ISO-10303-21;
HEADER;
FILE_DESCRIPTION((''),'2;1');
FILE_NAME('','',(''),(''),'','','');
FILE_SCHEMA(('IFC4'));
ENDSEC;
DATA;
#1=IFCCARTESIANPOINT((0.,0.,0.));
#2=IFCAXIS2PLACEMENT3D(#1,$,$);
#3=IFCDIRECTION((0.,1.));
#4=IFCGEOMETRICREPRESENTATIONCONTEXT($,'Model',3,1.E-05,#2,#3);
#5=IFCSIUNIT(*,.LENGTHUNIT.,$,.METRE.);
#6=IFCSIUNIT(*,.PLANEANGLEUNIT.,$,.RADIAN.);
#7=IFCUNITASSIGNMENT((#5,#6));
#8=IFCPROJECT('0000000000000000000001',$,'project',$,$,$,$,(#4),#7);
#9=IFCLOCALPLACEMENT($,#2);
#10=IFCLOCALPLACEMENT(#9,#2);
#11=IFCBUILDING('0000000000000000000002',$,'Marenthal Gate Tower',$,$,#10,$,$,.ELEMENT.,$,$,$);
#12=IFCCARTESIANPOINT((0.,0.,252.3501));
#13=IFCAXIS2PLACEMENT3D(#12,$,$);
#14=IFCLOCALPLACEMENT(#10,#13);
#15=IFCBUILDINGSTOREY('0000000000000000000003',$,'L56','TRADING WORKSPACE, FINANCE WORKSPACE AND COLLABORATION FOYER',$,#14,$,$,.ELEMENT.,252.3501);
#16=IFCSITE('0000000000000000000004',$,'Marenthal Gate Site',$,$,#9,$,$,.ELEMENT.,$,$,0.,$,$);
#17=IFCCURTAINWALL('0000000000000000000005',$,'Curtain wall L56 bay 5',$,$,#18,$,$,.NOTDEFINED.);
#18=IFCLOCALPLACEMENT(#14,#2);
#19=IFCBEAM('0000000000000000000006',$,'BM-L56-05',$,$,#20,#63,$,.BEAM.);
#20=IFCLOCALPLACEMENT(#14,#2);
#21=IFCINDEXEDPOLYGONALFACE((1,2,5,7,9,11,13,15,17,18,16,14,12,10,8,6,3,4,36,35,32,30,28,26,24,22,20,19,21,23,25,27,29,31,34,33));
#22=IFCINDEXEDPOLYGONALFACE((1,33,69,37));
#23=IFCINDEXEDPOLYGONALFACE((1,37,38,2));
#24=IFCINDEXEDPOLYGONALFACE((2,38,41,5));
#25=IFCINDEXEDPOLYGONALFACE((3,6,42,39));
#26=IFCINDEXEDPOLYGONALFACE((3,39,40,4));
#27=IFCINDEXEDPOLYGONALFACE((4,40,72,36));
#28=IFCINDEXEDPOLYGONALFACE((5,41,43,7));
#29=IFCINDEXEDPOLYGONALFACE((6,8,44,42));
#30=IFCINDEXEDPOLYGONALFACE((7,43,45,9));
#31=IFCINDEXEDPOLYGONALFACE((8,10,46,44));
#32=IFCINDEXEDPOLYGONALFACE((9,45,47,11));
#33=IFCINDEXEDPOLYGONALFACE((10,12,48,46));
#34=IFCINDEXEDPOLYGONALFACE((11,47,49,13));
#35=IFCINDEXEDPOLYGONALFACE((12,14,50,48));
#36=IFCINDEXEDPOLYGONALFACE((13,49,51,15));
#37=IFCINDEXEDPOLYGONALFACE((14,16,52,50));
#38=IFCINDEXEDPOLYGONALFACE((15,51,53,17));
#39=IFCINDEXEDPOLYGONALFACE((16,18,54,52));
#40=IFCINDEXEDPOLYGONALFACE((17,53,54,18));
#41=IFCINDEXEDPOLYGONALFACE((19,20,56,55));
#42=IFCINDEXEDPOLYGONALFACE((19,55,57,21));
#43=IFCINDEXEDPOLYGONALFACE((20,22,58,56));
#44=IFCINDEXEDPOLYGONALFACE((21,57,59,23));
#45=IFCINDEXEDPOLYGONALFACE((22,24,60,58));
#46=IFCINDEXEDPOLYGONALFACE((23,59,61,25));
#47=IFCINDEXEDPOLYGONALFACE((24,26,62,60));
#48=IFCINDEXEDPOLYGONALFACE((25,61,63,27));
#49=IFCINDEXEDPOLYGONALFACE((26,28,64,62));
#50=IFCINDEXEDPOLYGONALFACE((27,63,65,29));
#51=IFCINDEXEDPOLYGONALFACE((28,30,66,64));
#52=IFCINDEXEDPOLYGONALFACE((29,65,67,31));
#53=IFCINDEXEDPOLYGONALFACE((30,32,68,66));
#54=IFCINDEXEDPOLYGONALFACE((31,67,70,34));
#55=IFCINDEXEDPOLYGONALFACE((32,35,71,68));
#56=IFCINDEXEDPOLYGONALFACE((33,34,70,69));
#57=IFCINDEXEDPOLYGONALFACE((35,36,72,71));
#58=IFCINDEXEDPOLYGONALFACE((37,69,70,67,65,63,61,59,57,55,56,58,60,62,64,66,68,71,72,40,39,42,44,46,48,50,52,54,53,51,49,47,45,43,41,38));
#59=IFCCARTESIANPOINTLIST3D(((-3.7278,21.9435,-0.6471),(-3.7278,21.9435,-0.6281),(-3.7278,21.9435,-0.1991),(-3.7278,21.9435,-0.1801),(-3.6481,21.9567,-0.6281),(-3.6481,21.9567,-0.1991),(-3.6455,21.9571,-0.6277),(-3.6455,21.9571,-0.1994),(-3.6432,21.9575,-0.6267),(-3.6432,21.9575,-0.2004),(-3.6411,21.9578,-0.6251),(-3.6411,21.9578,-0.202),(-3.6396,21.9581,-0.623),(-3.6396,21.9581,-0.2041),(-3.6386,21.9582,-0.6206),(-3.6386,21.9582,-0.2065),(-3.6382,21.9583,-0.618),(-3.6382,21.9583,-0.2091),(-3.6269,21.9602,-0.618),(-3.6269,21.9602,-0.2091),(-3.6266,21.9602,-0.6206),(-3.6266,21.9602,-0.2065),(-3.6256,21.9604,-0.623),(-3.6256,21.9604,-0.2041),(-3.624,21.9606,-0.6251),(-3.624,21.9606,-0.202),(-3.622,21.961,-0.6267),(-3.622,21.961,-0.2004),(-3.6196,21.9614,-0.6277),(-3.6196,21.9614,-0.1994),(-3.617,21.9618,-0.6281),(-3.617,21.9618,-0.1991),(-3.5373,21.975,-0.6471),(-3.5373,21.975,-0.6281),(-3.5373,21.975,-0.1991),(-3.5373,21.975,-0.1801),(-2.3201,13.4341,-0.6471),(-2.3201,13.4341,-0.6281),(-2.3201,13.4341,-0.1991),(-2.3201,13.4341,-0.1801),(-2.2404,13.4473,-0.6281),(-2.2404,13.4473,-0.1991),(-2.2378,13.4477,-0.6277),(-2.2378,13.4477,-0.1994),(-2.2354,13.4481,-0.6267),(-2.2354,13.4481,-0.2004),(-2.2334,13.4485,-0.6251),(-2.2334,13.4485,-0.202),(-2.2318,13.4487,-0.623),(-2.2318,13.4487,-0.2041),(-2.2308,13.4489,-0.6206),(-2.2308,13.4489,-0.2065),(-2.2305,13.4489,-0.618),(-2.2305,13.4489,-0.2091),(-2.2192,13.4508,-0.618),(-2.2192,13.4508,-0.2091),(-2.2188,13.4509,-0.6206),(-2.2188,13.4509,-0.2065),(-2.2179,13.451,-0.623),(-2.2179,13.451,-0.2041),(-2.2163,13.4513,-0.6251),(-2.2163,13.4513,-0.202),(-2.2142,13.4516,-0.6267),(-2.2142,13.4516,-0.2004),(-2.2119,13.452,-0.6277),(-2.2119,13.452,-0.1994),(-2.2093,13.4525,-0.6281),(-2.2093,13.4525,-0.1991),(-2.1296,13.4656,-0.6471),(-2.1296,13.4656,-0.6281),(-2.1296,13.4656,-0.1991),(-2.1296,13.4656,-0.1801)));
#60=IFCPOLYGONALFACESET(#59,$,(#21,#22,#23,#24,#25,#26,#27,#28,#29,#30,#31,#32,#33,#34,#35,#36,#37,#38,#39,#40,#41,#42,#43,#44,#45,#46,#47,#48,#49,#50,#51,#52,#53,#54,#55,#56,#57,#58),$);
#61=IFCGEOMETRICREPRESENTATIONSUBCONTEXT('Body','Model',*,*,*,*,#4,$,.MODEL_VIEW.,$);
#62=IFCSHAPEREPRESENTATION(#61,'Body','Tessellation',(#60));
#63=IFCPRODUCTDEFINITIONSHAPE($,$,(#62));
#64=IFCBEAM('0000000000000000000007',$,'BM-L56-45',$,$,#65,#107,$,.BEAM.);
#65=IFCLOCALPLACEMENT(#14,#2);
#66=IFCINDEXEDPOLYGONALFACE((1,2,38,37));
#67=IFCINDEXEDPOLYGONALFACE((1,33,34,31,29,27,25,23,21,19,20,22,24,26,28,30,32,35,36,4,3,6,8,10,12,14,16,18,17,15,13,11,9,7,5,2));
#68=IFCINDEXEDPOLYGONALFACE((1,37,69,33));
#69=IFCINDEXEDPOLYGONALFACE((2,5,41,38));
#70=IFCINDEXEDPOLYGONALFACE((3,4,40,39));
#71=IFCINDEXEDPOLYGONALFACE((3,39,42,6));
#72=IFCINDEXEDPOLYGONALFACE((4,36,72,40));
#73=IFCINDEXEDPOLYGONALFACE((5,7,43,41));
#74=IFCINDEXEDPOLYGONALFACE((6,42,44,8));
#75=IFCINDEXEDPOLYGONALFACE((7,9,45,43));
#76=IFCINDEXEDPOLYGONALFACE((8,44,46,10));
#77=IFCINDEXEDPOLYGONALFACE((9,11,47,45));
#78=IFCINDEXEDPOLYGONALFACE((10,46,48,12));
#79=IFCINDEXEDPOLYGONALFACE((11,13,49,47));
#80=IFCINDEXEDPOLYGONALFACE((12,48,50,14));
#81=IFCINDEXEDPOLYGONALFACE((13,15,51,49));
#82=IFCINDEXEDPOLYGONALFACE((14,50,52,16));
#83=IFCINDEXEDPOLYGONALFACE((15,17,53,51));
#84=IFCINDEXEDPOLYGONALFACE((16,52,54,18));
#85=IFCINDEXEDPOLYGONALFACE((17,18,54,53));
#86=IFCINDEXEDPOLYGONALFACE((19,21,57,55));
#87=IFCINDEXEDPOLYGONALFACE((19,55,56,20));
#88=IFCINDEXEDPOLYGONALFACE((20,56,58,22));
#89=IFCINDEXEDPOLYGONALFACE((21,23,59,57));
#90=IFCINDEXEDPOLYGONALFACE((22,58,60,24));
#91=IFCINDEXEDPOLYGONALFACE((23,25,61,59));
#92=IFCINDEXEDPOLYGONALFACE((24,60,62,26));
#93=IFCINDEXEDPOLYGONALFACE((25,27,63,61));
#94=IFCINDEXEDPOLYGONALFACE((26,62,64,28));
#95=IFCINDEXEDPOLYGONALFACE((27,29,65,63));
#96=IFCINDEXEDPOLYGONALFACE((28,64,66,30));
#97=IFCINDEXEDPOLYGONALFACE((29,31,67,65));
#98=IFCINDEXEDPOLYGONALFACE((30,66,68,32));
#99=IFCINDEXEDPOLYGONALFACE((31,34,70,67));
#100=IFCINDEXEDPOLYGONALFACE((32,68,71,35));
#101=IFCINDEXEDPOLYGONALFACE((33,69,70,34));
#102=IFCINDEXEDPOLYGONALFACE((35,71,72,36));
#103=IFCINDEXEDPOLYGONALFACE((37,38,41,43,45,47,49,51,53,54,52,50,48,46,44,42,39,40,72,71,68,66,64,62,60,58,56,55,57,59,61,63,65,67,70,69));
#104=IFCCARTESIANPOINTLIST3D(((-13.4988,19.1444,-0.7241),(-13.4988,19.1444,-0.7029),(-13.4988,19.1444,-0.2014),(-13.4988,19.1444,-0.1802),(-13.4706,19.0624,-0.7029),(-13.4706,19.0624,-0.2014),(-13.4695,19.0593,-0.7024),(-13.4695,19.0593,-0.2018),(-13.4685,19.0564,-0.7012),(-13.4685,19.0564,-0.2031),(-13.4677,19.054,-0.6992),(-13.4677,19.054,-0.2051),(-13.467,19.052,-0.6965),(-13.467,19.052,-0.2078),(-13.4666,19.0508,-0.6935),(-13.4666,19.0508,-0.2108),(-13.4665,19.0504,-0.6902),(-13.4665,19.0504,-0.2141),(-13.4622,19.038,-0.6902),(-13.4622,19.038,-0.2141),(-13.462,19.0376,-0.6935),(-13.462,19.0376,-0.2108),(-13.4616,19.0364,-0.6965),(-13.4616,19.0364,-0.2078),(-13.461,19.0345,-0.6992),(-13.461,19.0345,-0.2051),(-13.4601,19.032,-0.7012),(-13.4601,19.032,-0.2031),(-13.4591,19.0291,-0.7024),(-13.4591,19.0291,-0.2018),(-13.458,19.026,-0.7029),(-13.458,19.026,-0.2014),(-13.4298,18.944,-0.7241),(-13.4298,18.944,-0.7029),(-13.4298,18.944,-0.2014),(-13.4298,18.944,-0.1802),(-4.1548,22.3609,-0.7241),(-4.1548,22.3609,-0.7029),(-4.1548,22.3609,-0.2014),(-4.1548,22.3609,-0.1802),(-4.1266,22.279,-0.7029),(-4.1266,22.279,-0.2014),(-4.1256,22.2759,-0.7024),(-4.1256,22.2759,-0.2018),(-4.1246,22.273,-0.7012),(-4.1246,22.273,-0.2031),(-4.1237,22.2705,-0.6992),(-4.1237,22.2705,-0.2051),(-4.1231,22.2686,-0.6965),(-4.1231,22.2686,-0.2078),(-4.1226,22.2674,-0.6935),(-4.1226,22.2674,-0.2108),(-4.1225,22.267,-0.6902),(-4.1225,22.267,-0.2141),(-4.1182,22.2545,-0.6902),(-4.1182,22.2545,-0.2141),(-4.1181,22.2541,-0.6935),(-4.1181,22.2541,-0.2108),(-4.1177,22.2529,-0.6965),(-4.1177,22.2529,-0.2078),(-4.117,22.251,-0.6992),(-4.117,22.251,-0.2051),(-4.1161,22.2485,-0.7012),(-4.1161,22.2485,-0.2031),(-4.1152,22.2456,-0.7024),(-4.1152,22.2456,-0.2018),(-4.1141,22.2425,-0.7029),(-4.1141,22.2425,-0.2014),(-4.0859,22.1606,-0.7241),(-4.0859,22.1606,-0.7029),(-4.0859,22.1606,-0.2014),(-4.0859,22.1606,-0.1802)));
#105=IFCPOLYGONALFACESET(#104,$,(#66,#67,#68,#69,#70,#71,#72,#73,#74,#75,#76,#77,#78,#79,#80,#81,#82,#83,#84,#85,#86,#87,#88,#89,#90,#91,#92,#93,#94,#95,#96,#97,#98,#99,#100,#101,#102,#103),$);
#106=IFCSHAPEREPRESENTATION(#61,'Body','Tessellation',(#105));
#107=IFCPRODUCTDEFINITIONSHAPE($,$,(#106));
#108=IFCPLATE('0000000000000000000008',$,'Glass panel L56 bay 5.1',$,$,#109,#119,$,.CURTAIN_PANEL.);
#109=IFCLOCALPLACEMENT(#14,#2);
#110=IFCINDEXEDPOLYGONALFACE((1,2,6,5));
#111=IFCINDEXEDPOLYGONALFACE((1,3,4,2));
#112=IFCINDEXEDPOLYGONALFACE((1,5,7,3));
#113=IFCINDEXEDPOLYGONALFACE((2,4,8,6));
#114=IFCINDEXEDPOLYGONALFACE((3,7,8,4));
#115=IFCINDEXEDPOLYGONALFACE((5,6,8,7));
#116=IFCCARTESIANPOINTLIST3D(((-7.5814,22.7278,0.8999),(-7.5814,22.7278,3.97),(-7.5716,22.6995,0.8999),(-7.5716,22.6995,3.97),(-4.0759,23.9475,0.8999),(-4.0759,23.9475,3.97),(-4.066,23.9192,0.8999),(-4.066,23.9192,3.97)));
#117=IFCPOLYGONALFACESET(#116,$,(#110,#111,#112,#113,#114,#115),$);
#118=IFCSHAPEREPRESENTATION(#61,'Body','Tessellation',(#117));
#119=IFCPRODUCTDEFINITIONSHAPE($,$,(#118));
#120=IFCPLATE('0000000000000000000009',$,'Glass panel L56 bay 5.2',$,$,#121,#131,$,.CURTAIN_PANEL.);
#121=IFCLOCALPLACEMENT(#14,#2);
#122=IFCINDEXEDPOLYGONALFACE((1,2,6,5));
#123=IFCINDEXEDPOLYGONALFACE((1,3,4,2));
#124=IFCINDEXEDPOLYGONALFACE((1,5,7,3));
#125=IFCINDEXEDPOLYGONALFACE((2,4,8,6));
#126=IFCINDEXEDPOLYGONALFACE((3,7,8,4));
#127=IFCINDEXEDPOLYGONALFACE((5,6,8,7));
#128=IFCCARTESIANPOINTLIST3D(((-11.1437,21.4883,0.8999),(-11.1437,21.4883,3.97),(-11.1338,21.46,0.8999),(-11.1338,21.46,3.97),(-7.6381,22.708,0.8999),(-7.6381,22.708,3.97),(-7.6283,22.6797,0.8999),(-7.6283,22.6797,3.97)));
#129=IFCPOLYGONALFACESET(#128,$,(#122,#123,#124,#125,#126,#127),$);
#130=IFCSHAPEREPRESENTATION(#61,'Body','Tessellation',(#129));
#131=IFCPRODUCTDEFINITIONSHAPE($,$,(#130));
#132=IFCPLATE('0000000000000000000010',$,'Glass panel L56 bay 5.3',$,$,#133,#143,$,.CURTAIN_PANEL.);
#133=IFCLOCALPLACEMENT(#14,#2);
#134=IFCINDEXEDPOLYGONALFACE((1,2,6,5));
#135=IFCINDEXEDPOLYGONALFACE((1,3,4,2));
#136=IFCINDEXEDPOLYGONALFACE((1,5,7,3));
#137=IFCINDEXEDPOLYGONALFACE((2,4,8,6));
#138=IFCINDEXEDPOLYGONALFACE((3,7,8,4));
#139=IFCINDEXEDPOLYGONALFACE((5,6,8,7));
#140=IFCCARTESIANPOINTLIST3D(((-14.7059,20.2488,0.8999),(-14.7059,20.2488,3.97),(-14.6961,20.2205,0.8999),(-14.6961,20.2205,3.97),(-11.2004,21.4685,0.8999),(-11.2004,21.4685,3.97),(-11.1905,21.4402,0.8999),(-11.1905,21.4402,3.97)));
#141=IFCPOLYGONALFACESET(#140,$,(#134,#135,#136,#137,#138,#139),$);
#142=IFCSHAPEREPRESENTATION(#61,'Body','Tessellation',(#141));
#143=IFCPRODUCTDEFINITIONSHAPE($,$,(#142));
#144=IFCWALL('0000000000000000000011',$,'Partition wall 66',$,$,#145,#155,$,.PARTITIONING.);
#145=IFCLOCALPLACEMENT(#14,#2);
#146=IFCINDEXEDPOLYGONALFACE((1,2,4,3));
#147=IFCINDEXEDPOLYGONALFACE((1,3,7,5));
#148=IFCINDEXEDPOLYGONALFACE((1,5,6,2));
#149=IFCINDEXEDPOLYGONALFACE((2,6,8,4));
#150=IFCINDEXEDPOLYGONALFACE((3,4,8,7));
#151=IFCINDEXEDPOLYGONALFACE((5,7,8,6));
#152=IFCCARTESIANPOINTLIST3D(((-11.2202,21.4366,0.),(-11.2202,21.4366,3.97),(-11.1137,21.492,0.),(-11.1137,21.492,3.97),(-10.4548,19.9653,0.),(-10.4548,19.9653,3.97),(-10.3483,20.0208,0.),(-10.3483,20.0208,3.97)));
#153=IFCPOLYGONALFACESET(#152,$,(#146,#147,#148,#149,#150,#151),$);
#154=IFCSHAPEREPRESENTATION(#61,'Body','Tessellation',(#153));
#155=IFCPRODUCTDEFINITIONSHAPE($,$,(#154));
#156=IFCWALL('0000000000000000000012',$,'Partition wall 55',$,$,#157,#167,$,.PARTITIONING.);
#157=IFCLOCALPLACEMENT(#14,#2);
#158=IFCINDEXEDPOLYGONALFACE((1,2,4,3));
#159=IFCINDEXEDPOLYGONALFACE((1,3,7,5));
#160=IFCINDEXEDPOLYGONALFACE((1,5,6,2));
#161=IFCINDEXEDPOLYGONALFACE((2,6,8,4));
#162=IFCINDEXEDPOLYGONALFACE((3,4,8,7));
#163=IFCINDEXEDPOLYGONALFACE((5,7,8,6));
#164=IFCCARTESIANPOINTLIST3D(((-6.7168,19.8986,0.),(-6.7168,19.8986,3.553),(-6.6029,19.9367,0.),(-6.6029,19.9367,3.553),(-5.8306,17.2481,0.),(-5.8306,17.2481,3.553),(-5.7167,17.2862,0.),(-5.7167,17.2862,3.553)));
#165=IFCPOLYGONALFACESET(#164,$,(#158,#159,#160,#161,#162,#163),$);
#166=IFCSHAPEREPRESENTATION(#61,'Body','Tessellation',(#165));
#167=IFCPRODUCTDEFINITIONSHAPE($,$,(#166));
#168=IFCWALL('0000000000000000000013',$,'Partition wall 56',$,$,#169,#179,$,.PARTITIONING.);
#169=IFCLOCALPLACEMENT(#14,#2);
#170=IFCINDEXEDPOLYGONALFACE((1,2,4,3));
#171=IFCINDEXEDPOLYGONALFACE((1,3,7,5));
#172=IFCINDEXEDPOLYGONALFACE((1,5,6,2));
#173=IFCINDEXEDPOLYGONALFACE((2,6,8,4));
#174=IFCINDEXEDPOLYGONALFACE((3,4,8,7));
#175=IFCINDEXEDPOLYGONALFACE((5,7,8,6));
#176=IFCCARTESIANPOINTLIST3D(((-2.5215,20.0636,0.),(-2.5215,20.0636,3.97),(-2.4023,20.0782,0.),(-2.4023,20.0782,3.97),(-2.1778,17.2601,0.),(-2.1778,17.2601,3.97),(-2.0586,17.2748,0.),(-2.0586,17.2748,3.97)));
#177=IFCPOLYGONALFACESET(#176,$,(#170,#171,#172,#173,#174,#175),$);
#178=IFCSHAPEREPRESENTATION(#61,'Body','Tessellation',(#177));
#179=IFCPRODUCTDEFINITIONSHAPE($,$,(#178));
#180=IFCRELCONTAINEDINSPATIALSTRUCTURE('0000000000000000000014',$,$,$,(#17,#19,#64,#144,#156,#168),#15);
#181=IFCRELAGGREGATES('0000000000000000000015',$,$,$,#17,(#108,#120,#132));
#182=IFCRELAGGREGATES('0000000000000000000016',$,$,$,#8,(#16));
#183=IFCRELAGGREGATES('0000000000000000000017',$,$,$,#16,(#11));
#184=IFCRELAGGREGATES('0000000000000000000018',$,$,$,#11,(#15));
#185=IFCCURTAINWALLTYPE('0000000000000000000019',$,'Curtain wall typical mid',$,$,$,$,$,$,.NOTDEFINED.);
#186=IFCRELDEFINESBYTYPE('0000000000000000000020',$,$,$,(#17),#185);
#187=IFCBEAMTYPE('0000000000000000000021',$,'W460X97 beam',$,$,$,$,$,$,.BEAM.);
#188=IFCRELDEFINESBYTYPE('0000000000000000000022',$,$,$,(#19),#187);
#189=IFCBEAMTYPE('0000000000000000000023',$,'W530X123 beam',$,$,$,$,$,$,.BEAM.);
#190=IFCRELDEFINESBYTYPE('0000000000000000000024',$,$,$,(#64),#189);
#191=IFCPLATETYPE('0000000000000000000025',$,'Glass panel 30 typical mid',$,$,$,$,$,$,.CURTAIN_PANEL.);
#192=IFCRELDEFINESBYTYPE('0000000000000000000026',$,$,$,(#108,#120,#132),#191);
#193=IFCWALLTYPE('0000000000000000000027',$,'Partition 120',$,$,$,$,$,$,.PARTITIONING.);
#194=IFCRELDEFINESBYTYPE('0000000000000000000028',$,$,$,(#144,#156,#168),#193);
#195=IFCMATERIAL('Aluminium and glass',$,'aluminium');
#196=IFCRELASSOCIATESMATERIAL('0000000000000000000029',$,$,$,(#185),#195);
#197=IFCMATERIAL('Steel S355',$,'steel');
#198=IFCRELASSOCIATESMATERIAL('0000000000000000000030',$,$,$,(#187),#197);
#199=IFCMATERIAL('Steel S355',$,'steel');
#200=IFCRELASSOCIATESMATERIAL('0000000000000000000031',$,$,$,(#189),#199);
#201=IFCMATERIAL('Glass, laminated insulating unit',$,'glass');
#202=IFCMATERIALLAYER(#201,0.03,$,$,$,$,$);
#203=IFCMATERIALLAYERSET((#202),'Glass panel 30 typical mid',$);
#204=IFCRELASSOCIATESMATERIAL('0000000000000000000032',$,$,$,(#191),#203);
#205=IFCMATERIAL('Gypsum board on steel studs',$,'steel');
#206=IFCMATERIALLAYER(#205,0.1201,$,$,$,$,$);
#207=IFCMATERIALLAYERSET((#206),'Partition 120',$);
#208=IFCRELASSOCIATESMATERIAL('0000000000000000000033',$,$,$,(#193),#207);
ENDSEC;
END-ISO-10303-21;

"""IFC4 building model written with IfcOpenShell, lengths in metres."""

from ifc_helpers import new_model, si_unit, direction, frame, frame_2d, origin, origin_2d, place, context, subcontext, project, spatial, rectangle, i_section, extrude, material, layer, layer_set, material_profile, profile_set, type_object, element, aggregate, save


model = new_model("IFC4")

# Units and contexts
model_context = context("Model", 3, precision=1e-05, world=origin(), true_north=direction((0.0, 1.0)))
body_context = subcontext(model_context, "Body", "Model", "MODEL_VIEW")
ifc_project = project(units=[si_unit("LENGTHUNIT", "METRE"), si_unit("PLANEANGLEUNIT", "RADIAN")], contexts=[model_context])

# Site, building, storey
site_placement = place(None, origin())
site = spatial("IfcSite", under=ifc_project, at=site_placement, Name="Marenthal Gate Site", CompositionType="ELEMENT", RefElevation=0.0)
building_placement = place(site_placement, origin())
building = spatial("IfcBuilding", under=site, at=building_placement, Name="Marenthal Gate Tower", CompositionType="ELEMENT")
storey_placement = place(building_placement, frame((0.0, 0.0, 252.3501)))
storey = spatial("IfcBuildingStorey", under=building, at=storey_placement, Name="L56", Description="TRADING WORKSPACE, FINANCE WORKSPACE AND COLLABORATION FOYER", CompositionType="ELEMENT", Elevation=252.3501)

# Curtain wall
ifc_material_1 = material(Name="Aluminium and glass", Category="aluminium")
curtain_wall_type = type_object("IfcCurtainWallType", Name="Curtain wall typical mid", PredefinedType="NOTDEFINED", material=ifc_material_1)
curtain_wall_placement = place(storey_placement, origin())
curtain_wall = element("IfcCurtainWall", 1, at=curtain_wall_placement, inside=storey, type_object=curtain_wall_type, Name="Curtain wall L56 bay 5", PredefinedType="NOTDEFINED")

# Beams
ifc_material_2 = material(Name="Steel S355", Category="steel")
ifc_material_profile_1 = material_profile(ifc_material_2, i_section(OverallWidth=0.1931, OverallDepth=0.467, WebThickness=0.0115, FlangeThickness=0.019, FilletRadius=0.01, at=origin_2d()), Name="W460X97")
ifc_profile_set_1 = profile_set([ifc_material_profile_1], Name="Steel S355")
beam_type_1 = type_object("IfcBeamType", Name="W460X97 beam", PredefinedType="BEAM", material=ifc_profile_set_1)
beam_1_placement = place(storey_placement, frame((-3.6326, 21.9592, -0.4136), z_axis=(0.163215, -0.986591, 0.0), x_axis=(0.986591, 0.163215, 0.0)))
element("IfcBeam", 2, at=beam_1_placement, inside=storey, type_object=beam_type_1, Name="BM-L56-05", PredefinedType="BEAM", context=body_context, shape_type="SweptSolid", body=[
    extrude(i_section(OverallWidth=0.1931, OverallDepth=0.467, WebThickness=0.0115, FlangeThickness=0.019, FilletRadius=0.01, at=origin_2d()), origin(), (0.0, 0.0, 1.0), 8.625),
])
ifc_material_3 = material(Name="Steel S355", Category="steel")
ifc_material_profile_2 = material_profile(ifc_material_3, i_section(OverallWidth=0.2119, OverallDepth=0.5439, WebThickness=0.0132, FlangeThickness=0.0212, FilletRadius=0.0127, at=origin_2d()), Name="W530X123")
ifc_profile_set_2 = profile_set([ifc_material_profile_2], Name="Steel S355")
beam_type_2 = type_object("IfcBeamType", Name="W530X123 beam", PredefinedType="BEAM", material=ifc_profile_set_2)
beam_2_placement = place(storey_placement, frame((-4.1204, 22.2607, -0.4521), z_axis=(-0.945545, -0.325492, 0.0), x_axis=(0.325492, -0.945545, 0.0)))
element("IfcBeam", 3, at=beam_2_placement, inside=storey, type_object=beam_type_2, Name="BM-L56-45", PredefinedType="BEAM", context=body_context, shape_type="SweptSolid", body=[
    extrude(i_section(OverallWidth=0.2119, OverallDepth=0.5439, WebThickness=0.0132, FlangeThickness=0.0212, FilletRadius=0.0127, at=origin_2d()), origin(), (0.0, 0.0, 1.0), 9.8821),
])

# Plates
ifc_material_4 = material(Name="Glass, laminated insulating unit", Category="glass")
ifc_layer_1 = layer(ifc_material_4, 0.03)
ifc_layer_set_1 = layer_set([ifc_layer_1], Name="Glass panel 30 typical mid")
plate_type = type_object("IfcPlateType", Name="Glass panel 30 typical mid", PredefinedType="CURTAIN_PANEL", material=ifc_layer_set_1)
plate_1_placement = place(storey_placement, frame((-5.8237, 23.3235, 0.8999), z_axis=(0.0, 0.0, 1.0), x_axis=(-0.944465, -0.328612, 0.0)))
plate_1 = element("IfcPlate", 4, at=plate_1_placement, type_object=plate_type, Name="Glass panel L56 bay 5.1", PredefinedType="CURTAIN_PANEL", context=body_context, shape_type="SweptSolid", body=[
    extrude(rectangle(XDim=3.7117, YDim=0.03, at=origin_2d()), origin(), (0.0, 0.0, 1.0), 3.0701),
])
plate_2_placement = place(storey_placement, frame((-9.386, 22.084, 0.8999), z_axis=(0.0, 0.0, 1.0), x_axis=(-0.944465, -0.328612, 0.0)))
plate_2 = element("IfcPlate", 5, at=plate_2_placement, type_object=plate_type, Name="Glass panel L56 bay 5.2", PredefinedType="CURTAIN_PANEL", context=body_context, shape_type="SweptSolid", body=[
    extrude(rectangle(XDim=3.7117, YDim=0.03, at=origin_2d()), origin(), (0.0, 0.0, 1.0), 3.0701),
])
plate_3_placement = place(storey_placement, frame((-12.9482, 20.8445, 0.8999), z_axis=(0.0, 0.0, 1.0), x_axis=(-0.944465, -0.328612, 0.0)))
plate_3 = element("IfcPlate", 6, at=plate_3_placement, type_object=plate_type, Name="Glass panel L56 bay 5.3", PredefinedType="CURTAIN_PANEL", context=body_context, shape_type="SweptSolid", body=[
    extrude(rectangle(XDim=3.7117, YDim=0.03, at=origin_2d()), origin(), (0.0, 0.0, 1.0), 3.0701),
])
aggregate(curtain_wall, [plate_1, plate_2, plate_3])

# Walls
ifc_material_5 = material(Name="Gypsum board on steel studs", Category="steel")
ifc_layer_2 = layer(ifc_material_5, 0.1201)
ifc_layer_set_2 = layer_set([ifc_layer_2], Name="Partition 120")
wall_type = type_object("IfcWallType", Name="Partition 120", PredefinedType="PARTITIONING", material=ifc_layer_set_2)
wall_1_placement = place(storey_placement, frame((-10.4016, 19.9932, 0.0), z_axis=(0.0, 0.0, 1.0), x_axis=(-0.461524, 0.887128, 0.0)))
element("IfcWall", 7, at=wall_1_placement, inside=storey, type_object=wall_type, Name="Partition wall 66", PredefinedType="PARTITIONING", context=body_context, shape_type="SweptSolid", body=[
    extrude(rectangle(XDim=1.6584, YDim=0.1201, at=frame_2d((0.8291, 0.0))), origin(), (0.0, 0.0, 1.0), 3.97),
])
wall_2_placement = place(storey_placement, frame((-6.6599, 19.9177, 0.0), z_axis=(0.0, 0.0, 1.0), x_axis=(0.317119, -0.948386, 0.0)))
element("IfcWall", 8, at=wall_2_placement, inside=storey, type_object=wall_type, Name="Partition wall 55", PredefinedType="PARTITIONING", context=body_context, shape_type="SweptSolid", body=[
    extrude(rectangle(XDim=2.7947, YDim=0.1201, at=frame_2d((1.3975, 0.0))), origin(), (0.0, 0.0, 1.0), 3.553),
])
wall_3_placement = place(storey_placement, frame((-2.4619, 20.0708, 0.0), z_axis=(0.0, 0.0, 1.0), x_axis=(0.121705, -0.992566, 0.0)))
element("IfcWall", 9, at=wall_3_placement, inside=storey, type_object=wall_type, Name="Partition wall 56", PredefinedType="PARTITIONING", context=body_context, shape_type="SweptSolid", body=[
    extrude(rectangle(XDim=2.8245, YDim=0.1201, at=frame_2d((1.4121, 0.0))), origin(), (0.0, 0.0, 1.0), 3.97),
])

save(model, "model.ifc")
